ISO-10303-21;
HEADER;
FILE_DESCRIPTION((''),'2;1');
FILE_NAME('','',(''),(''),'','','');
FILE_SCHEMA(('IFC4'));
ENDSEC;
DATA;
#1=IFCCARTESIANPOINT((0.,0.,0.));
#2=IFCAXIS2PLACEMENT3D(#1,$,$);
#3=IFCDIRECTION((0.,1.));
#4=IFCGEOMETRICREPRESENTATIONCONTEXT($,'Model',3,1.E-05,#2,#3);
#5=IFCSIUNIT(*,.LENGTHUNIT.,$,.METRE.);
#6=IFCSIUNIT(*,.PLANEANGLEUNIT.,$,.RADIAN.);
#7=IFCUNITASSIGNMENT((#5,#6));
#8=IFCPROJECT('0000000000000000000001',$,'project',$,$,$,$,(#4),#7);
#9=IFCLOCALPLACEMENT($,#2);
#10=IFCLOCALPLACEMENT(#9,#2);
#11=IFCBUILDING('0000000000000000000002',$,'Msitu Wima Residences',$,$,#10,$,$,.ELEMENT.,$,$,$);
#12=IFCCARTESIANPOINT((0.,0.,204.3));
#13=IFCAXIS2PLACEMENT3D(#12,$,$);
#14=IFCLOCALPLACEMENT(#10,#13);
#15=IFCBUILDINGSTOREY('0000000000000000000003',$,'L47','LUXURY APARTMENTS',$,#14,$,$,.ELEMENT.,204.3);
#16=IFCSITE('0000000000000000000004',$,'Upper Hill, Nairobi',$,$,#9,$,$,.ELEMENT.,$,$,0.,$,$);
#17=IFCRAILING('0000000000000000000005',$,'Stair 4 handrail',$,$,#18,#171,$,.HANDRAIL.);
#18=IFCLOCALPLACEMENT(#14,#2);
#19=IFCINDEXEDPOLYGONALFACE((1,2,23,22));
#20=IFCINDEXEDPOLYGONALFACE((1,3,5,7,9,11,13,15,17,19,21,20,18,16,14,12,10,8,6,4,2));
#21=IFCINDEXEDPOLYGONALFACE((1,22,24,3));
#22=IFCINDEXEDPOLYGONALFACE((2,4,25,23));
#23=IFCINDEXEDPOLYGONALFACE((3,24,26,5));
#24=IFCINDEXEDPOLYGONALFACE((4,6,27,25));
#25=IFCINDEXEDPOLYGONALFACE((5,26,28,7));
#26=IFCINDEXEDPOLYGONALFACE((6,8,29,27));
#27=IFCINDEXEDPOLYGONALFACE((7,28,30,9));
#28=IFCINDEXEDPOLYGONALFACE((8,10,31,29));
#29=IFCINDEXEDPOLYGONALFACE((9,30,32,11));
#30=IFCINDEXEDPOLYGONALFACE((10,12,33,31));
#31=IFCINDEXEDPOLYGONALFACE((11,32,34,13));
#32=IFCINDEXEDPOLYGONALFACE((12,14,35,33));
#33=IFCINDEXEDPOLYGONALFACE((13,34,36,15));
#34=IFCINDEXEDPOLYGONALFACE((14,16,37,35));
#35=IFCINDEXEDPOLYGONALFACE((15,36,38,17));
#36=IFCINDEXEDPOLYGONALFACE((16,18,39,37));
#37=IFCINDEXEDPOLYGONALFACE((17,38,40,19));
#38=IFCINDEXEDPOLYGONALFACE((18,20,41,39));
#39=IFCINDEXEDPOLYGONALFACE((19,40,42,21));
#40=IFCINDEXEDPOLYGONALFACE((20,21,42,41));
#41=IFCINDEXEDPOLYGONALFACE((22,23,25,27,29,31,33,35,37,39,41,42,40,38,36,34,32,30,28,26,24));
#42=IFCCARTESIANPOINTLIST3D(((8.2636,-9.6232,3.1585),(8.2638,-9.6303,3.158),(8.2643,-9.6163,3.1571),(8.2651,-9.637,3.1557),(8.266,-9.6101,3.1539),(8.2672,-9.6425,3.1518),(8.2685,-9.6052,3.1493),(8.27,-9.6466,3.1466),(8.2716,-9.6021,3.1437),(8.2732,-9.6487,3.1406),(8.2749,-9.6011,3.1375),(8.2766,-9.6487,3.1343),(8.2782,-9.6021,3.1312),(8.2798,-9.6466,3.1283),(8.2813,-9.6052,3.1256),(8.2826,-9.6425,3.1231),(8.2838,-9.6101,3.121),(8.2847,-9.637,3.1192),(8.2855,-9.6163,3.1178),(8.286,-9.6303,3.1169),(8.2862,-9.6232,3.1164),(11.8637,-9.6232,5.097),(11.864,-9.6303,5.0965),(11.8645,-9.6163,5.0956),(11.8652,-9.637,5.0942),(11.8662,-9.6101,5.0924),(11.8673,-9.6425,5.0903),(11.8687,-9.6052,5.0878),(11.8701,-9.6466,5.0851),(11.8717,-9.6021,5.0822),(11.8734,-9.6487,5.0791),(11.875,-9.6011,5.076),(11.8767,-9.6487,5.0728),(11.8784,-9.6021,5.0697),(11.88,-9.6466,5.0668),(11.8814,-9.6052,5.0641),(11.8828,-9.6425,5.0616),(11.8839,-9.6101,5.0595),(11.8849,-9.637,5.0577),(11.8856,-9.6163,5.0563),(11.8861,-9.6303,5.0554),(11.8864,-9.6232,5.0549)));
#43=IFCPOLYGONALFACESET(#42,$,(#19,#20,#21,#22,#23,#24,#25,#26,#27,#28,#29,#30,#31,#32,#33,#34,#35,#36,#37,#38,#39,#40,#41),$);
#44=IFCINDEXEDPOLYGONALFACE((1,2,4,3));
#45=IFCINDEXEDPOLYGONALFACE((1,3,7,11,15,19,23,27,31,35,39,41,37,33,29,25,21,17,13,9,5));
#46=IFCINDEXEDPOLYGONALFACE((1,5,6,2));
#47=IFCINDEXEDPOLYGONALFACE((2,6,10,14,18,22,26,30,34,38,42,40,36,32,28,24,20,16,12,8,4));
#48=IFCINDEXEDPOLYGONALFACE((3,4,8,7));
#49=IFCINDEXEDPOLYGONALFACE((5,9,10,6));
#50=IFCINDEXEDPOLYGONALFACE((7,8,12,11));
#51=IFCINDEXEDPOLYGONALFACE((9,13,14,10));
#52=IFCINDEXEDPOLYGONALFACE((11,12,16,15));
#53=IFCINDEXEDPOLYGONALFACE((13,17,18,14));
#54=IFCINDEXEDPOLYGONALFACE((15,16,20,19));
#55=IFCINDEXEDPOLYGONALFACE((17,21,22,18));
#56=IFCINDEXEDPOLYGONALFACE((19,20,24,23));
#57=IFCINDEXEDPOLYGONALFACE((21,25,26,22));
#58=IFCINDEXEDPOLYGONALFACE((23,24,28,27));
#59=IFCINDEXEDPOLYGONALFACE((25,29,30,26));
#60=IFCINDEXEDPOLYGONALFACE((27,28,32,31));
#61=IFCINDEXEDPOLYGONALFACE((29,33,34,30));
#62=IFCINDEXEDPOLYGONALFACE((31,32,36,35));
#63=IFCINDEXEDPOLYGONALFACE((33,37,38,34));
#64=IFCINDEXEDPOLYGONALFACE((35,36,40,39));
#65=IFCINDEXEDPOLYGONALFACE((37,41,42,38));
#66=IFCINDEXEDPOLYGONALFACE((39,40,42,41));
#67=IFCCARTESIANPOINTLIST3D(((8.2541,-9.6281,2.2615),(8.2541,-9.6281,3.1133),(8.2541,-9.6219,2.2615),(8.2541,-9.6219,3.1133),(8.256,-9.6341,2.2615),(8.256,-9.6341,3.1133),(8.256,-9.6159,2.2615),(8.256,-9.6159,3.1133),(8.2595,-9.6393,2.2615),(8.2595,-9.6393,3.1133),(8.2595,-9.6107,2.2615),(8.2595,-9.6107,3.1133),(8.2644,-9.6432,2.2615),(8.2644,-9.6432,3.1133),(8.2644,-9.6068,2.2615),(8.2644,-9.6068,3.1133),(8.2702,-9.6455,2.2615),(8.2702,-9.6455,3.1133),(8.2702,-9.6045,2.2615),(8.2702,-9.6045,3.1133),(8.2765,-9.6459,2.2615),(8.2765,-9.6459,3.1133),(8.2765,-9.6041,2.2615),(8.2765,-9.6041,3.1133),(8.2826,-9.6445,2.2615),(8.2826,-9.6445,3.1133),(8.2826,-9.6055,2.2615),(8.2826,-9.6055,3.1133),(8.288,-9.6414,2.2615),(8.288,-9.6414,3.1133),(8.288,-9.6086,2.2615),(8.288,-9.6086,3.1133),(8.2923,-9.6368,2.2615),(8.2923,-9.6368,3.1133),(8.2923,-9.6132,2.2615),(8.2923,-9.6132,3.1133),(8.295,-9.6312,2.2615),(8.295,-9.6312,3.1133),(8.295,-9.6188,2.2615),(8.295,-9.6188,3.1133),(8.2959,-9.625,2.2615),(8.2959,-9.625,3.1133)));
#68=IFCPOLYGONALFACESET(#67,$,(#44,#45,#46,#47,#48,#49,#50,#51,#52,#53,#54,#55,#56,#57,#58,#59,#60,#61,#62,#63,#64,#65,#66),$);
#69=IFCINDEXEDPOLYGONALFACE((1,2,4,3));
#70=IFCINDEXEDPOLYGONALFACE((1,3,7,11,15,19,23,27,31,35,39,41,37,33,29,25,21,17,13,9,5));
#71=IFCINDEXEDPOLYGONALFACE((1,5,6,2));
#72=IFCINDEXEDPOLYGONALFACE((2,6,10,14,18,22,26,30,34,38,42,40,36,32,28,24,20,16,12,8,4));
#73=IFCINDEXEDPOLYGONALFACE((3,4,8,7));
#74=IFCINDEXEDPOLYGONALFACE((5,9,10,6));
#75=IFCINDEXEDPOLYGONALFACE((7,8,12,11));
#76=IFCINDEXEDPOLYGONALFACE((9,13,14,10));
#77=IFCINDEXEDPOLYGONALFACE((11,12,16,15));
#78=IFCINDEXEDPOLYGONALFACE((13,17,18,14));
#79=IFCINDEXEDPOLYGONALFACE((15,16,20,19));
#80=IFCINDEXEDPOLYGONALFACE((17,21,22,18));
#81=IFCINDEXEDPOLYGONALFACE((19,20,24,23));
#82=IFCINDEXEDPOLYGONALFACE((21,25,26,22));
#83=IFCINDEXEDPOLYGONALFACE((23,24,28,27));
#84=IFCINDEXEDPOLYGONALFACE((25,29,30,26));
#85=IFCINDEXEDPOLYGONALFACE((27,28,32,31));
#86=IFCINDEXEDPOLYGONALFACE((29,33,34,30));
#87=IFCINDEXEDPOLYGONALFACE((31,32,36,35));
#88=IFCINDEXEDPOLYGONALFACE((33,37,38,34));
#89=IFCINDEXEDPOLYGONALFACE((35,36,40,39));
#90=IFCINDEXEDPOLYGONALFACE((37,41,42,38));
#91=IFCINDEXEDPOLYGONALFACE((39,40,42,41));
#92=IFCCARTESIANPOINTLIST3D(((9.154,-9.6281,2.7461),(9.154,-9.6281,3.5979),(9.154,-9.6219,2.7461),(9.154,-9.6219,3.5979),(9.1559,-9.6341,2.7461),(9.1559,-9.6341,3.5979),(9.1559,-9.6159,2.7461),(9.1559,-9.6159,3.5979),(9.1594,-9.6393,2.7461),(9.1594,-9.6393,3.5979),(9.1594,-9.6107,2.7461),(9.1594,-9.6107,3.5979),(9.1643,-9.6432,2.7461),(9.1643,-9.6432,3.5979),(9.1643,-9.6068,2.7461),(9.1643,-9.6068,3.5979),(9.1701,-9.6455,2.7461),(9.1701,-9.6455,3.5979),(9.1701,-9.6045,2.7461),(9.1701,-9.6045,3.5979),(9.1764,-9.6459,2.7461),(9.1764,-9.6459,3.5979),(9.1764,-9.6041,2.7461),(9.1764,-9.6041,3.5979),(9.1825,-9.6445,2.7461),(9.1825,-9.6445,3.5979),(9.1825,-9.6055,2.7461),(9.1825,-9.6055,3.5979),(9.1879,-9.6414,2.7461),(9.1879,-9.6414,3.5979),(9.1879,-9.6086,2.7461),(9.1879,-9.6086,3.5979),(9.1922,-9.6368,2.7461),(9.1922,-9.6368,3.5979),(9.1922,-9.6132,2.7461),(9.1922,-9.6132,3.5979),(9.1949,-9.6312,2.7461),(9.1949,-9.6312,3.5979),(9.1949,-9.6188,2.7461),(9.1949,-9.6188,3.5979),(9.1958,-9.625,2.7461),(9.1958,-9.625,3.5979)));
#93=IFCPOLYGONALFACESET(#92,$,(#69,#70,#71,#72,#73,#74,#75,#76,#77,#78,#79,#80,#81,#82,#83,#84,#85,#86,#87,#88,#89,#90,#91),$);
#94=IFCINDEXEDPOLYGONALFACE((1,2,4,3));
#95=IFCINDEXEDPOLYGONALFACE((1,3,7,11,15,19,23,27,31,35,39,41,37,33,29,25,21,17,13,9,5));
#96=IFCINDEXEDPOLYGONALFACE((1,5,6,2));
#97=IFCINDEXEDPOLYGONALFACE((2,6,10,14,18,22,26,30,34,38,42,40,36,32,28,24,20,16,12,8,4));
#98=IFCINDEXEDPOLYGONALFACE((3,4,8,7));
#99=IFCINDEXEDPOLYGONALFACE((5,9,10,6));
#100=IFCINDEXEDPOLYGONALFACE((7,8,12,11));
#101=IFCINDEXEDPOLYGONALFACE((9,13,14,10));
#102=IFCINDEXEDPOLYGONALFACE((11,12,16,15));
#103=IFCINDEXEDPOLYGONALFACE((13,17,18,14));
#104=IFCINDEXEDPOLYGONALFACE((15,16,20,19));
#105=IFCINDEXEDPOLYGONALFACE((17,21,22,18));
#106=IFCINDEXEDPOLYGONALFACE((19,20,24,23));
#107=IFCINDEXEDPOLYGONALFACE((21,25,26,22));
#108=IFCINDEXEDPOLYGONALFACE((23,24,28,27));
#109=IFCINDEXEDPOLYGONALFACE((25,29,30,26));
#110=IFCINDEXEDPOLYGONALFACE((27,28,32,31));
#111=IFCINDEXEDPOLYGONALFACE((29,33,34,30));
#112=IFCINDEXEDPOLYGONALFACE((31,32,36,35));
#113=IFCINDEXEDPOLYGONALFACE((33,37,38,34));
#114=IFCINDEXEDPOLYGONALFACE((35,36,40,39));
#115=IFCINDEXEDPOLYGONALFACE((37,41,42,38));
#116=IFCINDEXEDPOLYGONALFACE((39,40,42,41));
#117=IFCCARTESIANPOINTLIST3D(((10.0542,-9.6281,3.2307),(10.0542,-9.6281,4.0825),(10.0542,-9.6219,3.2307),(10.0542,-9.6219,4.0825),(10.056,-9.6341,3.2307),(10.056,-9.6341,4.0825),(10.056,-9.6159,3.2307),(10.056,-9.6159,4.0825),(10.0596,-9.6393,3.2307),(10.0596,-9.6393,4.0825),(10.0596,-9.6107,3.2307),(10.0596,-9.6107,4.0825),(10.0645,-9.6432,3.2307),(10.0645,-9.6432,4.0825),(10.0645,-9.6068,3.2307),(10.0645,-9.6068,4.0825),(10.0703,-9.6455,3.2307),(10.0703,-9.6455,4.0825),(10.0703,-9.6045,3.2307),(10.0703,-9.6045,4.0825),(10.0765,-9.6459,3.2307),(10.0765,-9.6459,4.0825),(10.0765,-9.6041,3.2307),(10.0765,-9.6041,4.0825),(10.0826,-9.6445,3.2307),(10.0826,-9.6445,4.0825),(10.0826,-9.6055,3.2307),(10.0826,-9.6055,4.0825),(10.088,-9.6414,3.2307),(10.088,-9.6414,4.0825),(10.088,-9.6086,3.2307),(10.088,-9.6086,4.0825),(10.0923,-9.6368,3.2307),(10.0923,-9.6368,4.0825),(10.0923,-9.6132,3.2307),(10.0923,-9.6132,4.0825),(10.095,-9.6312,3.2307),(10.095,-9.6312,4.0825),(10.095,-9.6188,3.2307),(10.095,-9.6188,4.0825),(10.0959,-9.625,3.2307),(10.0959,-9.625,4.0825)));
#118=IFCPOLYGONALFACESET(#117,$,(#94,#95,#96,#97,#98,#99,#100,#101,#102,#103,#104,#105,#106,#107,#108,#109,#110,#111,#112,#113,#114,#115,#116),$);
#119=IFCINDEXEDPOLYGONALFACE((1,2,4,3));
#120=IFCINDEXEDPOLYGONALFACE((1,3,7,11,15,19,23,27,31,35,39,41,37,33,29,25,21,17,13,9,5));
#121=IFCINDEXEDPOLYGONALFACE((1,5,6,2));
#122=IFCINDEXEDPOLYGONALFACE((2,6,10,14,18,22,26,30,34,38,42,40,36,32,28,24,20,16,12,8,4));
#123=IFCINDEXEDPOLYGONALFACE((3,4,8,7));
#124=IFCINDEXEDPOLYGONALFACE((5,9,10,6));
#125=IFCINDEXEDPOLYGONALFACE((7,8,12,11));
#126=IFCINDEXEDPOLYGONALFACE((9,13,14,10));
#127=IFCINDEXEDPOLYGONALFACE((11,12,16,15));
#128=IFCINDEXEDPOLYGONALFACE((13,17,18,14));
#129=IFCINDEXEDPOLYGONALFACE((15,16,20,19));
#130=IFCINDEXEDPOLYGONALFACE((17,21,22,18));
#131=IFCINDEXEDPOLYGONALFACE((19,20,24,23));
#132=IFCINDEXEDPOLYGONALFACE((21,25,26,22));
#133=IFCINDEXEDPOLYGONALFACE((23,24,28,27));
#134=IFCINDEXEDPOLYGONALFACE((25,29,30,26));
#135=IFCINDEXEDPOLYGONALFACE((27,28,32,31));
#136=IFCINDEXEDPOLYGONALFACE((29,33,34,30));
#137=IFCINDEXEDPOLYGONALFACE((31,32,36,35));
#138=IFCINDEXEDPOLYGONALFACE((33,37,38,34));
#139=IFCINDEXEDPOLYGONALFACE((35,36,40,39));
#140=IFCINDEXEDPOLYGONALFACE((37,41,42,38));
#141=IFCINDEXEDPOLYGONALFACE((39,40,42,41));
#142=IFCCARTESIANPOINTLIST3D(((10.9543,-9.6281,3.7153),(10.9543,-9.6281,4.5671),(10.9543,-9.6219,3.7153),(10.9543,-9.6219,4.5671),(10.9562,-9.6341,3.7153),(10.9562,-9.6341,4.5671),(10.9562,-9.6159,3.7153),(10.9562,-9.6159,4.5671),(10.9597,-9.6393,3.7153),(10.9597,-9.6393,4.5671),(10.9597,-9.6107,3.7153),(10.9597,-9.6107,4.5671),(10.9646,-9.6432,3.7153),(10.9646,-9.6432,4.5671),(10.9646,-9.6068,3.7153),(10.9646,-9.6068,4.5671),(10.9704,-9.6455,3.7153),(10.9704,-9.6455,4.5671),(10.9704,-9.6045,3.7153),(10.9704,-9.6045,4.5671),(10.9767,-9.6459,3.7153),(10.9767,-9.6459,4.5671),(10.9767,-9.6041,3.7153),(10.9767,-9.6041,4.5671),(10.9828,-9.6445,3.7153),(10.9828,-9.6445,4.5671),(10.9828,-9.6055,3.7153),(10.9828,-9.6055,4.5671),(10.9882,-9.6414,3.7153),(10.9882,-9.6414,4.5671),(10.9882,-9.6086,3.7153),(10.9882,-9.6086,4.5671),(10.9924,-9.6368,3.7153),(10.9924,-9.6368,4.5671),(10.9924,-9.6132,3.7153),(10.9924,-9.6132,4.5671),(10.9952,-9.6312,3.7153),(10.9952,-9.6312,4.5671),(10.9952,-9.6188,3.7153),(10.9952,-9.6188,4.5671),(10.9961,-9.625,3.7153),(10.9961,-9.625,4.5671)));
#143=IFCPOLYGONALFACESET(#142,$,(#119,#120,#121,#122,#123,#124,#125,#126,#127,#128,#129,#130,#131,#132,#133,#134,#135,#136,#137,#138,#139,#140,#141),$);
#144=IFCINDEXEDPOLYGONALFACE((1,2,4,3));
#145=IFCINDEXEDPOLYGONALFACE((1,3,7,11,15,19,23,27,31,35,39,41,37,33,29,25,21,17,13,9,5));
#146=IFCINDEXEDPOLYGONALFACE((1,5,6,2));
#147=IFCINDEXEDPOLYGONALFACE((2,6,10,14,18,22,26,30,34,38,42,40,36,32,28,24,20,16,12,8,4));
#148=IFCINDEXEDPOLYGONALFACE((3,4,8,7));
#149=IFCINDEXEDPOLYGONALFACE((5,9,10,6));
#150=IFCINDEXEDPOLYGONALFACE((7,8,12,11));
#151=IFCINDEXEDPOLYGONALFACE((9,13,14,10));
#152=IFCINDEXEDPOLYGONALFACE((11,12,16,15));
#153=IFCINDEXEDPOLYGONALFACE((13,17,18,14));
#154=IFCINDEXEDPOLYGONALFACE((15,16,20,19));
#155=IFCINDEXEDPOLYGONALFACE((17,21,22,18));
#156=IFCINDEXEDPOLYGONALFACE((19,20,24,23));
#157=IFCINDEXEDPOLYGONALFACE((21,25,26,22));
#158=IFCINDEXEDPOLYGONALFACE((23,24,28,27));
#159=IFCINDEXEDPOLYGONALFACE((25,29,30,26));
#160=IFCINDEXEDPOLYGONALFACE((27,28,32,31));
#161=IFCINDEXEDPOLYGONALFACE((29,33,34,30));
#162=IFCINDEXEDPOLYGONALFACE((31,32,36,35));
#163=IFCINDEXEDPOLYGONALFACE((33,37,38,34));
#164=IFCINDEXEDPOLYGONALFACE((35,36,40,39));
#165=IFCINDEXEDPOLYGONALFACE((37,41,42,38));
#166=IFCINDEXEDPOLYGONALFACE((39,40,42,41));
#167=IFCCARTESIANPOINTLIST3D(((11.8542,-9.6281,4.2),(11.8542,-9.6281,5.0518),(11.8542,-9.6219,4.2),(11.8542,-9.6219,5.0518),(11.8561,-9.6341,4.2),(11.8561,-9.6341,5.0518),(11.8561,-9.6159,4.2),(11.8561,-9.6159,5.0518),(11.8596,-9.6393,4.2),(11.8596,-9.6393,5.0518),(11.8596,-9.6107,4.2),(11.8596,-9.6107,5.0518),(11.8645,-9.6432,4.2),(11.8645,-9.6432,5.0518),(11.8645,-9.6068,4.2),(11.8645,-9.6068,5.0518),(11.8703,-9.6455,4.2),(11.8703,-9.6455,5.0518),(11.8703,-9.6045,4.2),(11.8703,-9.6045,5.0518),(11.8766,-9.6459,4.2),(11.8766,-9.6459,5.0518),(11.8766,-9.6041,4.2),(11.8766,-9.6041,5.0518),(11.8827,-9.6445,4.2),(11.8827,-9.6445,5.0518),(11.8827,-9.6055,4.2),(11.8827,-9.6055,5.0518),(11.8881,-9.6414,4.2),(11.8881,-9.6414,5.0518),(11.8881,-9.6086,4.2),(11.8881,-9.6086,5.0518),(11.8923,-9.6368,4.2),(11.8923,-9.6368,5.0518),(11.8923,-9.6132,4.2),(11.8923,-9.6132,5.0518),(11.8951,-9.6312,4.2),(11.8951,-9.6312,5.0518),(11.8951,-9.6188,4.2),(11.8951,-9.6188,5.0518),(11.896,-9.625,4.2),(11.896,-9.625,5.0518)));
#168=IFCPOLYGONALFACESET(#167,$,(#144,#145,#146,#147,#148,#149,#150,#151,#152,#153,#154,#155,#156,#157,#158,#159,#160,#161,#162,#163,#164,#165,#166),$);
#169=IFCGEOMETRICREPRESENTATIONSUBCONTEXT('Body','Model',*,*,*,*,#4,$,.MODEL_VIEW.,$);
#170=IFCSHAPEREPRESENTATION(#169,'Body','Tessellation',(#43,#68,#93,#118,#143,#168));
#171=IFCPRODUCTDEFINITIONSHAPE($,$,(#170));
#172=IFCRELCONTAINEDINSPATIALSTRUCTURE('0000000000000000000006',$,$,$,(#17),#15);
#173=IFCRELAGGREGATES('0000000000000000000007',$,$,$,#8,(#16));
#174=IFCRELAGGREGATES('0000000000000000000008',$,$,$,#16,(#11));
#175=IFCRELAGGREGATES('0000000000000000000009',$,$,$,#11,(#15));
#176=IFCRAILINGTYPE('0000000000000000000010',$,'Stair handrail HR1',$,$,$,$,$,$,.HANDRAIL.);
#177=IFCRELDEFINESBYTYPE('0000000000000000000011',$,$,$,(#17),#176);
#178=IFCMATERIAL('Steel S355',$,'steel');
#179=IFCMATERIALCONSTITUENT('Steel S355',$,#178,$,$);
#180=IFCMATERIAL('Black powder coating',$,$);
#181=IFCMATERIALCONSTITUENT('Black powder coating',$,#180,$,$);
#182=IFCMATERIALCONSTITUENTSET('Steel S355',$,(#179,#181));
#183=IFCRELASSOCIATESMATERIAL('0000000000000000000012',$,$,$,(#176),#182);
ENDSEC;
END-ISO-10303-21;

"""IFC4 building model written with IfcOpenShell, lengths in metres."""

from ifc_helpers import new_model, si_unit, direction, frame, origin, origin_2d, place, context, subcontext, project, spatial, circle, extrude, material, constituent, constituent_set, type_object, element, save


model = new_model("IFC4")

# Units and contexts
model_context = context("Model", 3, precision=1e-05, world=origin(), true_north=direction((0.0, 1.0)))
body_context = subcontext(model_context, "Body", "Model", "MODEL_VIEW")
ifc_project = project(units=[si_unit("LENGTHUNIT", "METRE"), si_unit("PLANEANGLEUNIT", "RADIAN")], contexts=[model_context])

# Site, building, storey
site_placement = place(None, origin())
site = spatial("IfcSite", under=ifc_project, at=site_placement, Name="Upper Hill, Nairobi", CompositionType="ELEMENT", RefElevation=0.0)
building_placement = place(site_placement, origin())
building = spatial("IfcBuilding", under=site, at=building_placement, Name="Msitu Wima Residences", CompositionType="ELEMENT")
storey_placement = place(building_placement, frame((0.0, 0.0, 204.3)))
storey = spatial("IfcBuildingStorey", under=building, at=storey_placement, Name="L47", Description="LUXURY APARTMENTS", CompositionType="ELEMENT", Elevation=204.3)

# Railing
ifc_material_1 = material(Name="Steel S355", Category="steel")
ifc_constituent_1 = constituent(ifc_material_1, Name="Steel S355")
ifc_material_2 = material(Name="Black powder coating")
ifc_constituent_2 = constituent(ifc_material_2, Name="Black powder coating")
ifc_constituent_set = constituent_set(constituents=[ifc_constituent_1, ifc_constituent_2], Name="Steel S355")
railing_type = type_object("IfcRailingType", Name="Stair handrail HR1", PredefinedType="HANDRAIL", material=ifc_constituent_set)
for number, where, name in (
    (1, (8.2749, -9.625, 2.2615), "Stair 4 handrail"),
):
    element("IfcRailing", number, at=place(storey_placement, frame(where)), inside=storey, type_object=railing_type, Name=name, PredefinedType="HANDRAIL", context=body_context, shape_type="SweptSolid", body=[
        extrude(circle(Radius=0.0239, at=origin_2d()), frame((0.0, 0.0, 0.876), z_axis=(0.880475, 0.0, 0.474093), x_axis=(0.0, 1.0, 0.0)), (0.0, 0.0, 1.0), 4.0889),
        extrude(circle(Radius=0.021, at=origin_2d()), origin(), (0.0, 0.0, 1.0), 0.8518),
        extrude(circle(Radius=0.021, at=origin_2d()), frame((0.8999, 0.0, 0.4846)), (0.0, 0.0, 1.0), 0.8518),
        extrude(circle(Radius=0.021, at=origin_2d()), frame((1.8, 0.0, 0.9692)), (0.0, 0.0, 1.0), 0.8518),
        extrude(circle(Radius=0.021, at=origin_2d()), frame((2.7002, 0.0, 1.4539)), (0.0, 0.0, 1.0), 0.8518),
        extrude(circle(Radius=0.021, at=origin_2d()), frame((3.6001, 0.0, 1.9385)), (0.0, 0.0, 1.0), 0.8518),
    ])

save(model, "model.ifc")
